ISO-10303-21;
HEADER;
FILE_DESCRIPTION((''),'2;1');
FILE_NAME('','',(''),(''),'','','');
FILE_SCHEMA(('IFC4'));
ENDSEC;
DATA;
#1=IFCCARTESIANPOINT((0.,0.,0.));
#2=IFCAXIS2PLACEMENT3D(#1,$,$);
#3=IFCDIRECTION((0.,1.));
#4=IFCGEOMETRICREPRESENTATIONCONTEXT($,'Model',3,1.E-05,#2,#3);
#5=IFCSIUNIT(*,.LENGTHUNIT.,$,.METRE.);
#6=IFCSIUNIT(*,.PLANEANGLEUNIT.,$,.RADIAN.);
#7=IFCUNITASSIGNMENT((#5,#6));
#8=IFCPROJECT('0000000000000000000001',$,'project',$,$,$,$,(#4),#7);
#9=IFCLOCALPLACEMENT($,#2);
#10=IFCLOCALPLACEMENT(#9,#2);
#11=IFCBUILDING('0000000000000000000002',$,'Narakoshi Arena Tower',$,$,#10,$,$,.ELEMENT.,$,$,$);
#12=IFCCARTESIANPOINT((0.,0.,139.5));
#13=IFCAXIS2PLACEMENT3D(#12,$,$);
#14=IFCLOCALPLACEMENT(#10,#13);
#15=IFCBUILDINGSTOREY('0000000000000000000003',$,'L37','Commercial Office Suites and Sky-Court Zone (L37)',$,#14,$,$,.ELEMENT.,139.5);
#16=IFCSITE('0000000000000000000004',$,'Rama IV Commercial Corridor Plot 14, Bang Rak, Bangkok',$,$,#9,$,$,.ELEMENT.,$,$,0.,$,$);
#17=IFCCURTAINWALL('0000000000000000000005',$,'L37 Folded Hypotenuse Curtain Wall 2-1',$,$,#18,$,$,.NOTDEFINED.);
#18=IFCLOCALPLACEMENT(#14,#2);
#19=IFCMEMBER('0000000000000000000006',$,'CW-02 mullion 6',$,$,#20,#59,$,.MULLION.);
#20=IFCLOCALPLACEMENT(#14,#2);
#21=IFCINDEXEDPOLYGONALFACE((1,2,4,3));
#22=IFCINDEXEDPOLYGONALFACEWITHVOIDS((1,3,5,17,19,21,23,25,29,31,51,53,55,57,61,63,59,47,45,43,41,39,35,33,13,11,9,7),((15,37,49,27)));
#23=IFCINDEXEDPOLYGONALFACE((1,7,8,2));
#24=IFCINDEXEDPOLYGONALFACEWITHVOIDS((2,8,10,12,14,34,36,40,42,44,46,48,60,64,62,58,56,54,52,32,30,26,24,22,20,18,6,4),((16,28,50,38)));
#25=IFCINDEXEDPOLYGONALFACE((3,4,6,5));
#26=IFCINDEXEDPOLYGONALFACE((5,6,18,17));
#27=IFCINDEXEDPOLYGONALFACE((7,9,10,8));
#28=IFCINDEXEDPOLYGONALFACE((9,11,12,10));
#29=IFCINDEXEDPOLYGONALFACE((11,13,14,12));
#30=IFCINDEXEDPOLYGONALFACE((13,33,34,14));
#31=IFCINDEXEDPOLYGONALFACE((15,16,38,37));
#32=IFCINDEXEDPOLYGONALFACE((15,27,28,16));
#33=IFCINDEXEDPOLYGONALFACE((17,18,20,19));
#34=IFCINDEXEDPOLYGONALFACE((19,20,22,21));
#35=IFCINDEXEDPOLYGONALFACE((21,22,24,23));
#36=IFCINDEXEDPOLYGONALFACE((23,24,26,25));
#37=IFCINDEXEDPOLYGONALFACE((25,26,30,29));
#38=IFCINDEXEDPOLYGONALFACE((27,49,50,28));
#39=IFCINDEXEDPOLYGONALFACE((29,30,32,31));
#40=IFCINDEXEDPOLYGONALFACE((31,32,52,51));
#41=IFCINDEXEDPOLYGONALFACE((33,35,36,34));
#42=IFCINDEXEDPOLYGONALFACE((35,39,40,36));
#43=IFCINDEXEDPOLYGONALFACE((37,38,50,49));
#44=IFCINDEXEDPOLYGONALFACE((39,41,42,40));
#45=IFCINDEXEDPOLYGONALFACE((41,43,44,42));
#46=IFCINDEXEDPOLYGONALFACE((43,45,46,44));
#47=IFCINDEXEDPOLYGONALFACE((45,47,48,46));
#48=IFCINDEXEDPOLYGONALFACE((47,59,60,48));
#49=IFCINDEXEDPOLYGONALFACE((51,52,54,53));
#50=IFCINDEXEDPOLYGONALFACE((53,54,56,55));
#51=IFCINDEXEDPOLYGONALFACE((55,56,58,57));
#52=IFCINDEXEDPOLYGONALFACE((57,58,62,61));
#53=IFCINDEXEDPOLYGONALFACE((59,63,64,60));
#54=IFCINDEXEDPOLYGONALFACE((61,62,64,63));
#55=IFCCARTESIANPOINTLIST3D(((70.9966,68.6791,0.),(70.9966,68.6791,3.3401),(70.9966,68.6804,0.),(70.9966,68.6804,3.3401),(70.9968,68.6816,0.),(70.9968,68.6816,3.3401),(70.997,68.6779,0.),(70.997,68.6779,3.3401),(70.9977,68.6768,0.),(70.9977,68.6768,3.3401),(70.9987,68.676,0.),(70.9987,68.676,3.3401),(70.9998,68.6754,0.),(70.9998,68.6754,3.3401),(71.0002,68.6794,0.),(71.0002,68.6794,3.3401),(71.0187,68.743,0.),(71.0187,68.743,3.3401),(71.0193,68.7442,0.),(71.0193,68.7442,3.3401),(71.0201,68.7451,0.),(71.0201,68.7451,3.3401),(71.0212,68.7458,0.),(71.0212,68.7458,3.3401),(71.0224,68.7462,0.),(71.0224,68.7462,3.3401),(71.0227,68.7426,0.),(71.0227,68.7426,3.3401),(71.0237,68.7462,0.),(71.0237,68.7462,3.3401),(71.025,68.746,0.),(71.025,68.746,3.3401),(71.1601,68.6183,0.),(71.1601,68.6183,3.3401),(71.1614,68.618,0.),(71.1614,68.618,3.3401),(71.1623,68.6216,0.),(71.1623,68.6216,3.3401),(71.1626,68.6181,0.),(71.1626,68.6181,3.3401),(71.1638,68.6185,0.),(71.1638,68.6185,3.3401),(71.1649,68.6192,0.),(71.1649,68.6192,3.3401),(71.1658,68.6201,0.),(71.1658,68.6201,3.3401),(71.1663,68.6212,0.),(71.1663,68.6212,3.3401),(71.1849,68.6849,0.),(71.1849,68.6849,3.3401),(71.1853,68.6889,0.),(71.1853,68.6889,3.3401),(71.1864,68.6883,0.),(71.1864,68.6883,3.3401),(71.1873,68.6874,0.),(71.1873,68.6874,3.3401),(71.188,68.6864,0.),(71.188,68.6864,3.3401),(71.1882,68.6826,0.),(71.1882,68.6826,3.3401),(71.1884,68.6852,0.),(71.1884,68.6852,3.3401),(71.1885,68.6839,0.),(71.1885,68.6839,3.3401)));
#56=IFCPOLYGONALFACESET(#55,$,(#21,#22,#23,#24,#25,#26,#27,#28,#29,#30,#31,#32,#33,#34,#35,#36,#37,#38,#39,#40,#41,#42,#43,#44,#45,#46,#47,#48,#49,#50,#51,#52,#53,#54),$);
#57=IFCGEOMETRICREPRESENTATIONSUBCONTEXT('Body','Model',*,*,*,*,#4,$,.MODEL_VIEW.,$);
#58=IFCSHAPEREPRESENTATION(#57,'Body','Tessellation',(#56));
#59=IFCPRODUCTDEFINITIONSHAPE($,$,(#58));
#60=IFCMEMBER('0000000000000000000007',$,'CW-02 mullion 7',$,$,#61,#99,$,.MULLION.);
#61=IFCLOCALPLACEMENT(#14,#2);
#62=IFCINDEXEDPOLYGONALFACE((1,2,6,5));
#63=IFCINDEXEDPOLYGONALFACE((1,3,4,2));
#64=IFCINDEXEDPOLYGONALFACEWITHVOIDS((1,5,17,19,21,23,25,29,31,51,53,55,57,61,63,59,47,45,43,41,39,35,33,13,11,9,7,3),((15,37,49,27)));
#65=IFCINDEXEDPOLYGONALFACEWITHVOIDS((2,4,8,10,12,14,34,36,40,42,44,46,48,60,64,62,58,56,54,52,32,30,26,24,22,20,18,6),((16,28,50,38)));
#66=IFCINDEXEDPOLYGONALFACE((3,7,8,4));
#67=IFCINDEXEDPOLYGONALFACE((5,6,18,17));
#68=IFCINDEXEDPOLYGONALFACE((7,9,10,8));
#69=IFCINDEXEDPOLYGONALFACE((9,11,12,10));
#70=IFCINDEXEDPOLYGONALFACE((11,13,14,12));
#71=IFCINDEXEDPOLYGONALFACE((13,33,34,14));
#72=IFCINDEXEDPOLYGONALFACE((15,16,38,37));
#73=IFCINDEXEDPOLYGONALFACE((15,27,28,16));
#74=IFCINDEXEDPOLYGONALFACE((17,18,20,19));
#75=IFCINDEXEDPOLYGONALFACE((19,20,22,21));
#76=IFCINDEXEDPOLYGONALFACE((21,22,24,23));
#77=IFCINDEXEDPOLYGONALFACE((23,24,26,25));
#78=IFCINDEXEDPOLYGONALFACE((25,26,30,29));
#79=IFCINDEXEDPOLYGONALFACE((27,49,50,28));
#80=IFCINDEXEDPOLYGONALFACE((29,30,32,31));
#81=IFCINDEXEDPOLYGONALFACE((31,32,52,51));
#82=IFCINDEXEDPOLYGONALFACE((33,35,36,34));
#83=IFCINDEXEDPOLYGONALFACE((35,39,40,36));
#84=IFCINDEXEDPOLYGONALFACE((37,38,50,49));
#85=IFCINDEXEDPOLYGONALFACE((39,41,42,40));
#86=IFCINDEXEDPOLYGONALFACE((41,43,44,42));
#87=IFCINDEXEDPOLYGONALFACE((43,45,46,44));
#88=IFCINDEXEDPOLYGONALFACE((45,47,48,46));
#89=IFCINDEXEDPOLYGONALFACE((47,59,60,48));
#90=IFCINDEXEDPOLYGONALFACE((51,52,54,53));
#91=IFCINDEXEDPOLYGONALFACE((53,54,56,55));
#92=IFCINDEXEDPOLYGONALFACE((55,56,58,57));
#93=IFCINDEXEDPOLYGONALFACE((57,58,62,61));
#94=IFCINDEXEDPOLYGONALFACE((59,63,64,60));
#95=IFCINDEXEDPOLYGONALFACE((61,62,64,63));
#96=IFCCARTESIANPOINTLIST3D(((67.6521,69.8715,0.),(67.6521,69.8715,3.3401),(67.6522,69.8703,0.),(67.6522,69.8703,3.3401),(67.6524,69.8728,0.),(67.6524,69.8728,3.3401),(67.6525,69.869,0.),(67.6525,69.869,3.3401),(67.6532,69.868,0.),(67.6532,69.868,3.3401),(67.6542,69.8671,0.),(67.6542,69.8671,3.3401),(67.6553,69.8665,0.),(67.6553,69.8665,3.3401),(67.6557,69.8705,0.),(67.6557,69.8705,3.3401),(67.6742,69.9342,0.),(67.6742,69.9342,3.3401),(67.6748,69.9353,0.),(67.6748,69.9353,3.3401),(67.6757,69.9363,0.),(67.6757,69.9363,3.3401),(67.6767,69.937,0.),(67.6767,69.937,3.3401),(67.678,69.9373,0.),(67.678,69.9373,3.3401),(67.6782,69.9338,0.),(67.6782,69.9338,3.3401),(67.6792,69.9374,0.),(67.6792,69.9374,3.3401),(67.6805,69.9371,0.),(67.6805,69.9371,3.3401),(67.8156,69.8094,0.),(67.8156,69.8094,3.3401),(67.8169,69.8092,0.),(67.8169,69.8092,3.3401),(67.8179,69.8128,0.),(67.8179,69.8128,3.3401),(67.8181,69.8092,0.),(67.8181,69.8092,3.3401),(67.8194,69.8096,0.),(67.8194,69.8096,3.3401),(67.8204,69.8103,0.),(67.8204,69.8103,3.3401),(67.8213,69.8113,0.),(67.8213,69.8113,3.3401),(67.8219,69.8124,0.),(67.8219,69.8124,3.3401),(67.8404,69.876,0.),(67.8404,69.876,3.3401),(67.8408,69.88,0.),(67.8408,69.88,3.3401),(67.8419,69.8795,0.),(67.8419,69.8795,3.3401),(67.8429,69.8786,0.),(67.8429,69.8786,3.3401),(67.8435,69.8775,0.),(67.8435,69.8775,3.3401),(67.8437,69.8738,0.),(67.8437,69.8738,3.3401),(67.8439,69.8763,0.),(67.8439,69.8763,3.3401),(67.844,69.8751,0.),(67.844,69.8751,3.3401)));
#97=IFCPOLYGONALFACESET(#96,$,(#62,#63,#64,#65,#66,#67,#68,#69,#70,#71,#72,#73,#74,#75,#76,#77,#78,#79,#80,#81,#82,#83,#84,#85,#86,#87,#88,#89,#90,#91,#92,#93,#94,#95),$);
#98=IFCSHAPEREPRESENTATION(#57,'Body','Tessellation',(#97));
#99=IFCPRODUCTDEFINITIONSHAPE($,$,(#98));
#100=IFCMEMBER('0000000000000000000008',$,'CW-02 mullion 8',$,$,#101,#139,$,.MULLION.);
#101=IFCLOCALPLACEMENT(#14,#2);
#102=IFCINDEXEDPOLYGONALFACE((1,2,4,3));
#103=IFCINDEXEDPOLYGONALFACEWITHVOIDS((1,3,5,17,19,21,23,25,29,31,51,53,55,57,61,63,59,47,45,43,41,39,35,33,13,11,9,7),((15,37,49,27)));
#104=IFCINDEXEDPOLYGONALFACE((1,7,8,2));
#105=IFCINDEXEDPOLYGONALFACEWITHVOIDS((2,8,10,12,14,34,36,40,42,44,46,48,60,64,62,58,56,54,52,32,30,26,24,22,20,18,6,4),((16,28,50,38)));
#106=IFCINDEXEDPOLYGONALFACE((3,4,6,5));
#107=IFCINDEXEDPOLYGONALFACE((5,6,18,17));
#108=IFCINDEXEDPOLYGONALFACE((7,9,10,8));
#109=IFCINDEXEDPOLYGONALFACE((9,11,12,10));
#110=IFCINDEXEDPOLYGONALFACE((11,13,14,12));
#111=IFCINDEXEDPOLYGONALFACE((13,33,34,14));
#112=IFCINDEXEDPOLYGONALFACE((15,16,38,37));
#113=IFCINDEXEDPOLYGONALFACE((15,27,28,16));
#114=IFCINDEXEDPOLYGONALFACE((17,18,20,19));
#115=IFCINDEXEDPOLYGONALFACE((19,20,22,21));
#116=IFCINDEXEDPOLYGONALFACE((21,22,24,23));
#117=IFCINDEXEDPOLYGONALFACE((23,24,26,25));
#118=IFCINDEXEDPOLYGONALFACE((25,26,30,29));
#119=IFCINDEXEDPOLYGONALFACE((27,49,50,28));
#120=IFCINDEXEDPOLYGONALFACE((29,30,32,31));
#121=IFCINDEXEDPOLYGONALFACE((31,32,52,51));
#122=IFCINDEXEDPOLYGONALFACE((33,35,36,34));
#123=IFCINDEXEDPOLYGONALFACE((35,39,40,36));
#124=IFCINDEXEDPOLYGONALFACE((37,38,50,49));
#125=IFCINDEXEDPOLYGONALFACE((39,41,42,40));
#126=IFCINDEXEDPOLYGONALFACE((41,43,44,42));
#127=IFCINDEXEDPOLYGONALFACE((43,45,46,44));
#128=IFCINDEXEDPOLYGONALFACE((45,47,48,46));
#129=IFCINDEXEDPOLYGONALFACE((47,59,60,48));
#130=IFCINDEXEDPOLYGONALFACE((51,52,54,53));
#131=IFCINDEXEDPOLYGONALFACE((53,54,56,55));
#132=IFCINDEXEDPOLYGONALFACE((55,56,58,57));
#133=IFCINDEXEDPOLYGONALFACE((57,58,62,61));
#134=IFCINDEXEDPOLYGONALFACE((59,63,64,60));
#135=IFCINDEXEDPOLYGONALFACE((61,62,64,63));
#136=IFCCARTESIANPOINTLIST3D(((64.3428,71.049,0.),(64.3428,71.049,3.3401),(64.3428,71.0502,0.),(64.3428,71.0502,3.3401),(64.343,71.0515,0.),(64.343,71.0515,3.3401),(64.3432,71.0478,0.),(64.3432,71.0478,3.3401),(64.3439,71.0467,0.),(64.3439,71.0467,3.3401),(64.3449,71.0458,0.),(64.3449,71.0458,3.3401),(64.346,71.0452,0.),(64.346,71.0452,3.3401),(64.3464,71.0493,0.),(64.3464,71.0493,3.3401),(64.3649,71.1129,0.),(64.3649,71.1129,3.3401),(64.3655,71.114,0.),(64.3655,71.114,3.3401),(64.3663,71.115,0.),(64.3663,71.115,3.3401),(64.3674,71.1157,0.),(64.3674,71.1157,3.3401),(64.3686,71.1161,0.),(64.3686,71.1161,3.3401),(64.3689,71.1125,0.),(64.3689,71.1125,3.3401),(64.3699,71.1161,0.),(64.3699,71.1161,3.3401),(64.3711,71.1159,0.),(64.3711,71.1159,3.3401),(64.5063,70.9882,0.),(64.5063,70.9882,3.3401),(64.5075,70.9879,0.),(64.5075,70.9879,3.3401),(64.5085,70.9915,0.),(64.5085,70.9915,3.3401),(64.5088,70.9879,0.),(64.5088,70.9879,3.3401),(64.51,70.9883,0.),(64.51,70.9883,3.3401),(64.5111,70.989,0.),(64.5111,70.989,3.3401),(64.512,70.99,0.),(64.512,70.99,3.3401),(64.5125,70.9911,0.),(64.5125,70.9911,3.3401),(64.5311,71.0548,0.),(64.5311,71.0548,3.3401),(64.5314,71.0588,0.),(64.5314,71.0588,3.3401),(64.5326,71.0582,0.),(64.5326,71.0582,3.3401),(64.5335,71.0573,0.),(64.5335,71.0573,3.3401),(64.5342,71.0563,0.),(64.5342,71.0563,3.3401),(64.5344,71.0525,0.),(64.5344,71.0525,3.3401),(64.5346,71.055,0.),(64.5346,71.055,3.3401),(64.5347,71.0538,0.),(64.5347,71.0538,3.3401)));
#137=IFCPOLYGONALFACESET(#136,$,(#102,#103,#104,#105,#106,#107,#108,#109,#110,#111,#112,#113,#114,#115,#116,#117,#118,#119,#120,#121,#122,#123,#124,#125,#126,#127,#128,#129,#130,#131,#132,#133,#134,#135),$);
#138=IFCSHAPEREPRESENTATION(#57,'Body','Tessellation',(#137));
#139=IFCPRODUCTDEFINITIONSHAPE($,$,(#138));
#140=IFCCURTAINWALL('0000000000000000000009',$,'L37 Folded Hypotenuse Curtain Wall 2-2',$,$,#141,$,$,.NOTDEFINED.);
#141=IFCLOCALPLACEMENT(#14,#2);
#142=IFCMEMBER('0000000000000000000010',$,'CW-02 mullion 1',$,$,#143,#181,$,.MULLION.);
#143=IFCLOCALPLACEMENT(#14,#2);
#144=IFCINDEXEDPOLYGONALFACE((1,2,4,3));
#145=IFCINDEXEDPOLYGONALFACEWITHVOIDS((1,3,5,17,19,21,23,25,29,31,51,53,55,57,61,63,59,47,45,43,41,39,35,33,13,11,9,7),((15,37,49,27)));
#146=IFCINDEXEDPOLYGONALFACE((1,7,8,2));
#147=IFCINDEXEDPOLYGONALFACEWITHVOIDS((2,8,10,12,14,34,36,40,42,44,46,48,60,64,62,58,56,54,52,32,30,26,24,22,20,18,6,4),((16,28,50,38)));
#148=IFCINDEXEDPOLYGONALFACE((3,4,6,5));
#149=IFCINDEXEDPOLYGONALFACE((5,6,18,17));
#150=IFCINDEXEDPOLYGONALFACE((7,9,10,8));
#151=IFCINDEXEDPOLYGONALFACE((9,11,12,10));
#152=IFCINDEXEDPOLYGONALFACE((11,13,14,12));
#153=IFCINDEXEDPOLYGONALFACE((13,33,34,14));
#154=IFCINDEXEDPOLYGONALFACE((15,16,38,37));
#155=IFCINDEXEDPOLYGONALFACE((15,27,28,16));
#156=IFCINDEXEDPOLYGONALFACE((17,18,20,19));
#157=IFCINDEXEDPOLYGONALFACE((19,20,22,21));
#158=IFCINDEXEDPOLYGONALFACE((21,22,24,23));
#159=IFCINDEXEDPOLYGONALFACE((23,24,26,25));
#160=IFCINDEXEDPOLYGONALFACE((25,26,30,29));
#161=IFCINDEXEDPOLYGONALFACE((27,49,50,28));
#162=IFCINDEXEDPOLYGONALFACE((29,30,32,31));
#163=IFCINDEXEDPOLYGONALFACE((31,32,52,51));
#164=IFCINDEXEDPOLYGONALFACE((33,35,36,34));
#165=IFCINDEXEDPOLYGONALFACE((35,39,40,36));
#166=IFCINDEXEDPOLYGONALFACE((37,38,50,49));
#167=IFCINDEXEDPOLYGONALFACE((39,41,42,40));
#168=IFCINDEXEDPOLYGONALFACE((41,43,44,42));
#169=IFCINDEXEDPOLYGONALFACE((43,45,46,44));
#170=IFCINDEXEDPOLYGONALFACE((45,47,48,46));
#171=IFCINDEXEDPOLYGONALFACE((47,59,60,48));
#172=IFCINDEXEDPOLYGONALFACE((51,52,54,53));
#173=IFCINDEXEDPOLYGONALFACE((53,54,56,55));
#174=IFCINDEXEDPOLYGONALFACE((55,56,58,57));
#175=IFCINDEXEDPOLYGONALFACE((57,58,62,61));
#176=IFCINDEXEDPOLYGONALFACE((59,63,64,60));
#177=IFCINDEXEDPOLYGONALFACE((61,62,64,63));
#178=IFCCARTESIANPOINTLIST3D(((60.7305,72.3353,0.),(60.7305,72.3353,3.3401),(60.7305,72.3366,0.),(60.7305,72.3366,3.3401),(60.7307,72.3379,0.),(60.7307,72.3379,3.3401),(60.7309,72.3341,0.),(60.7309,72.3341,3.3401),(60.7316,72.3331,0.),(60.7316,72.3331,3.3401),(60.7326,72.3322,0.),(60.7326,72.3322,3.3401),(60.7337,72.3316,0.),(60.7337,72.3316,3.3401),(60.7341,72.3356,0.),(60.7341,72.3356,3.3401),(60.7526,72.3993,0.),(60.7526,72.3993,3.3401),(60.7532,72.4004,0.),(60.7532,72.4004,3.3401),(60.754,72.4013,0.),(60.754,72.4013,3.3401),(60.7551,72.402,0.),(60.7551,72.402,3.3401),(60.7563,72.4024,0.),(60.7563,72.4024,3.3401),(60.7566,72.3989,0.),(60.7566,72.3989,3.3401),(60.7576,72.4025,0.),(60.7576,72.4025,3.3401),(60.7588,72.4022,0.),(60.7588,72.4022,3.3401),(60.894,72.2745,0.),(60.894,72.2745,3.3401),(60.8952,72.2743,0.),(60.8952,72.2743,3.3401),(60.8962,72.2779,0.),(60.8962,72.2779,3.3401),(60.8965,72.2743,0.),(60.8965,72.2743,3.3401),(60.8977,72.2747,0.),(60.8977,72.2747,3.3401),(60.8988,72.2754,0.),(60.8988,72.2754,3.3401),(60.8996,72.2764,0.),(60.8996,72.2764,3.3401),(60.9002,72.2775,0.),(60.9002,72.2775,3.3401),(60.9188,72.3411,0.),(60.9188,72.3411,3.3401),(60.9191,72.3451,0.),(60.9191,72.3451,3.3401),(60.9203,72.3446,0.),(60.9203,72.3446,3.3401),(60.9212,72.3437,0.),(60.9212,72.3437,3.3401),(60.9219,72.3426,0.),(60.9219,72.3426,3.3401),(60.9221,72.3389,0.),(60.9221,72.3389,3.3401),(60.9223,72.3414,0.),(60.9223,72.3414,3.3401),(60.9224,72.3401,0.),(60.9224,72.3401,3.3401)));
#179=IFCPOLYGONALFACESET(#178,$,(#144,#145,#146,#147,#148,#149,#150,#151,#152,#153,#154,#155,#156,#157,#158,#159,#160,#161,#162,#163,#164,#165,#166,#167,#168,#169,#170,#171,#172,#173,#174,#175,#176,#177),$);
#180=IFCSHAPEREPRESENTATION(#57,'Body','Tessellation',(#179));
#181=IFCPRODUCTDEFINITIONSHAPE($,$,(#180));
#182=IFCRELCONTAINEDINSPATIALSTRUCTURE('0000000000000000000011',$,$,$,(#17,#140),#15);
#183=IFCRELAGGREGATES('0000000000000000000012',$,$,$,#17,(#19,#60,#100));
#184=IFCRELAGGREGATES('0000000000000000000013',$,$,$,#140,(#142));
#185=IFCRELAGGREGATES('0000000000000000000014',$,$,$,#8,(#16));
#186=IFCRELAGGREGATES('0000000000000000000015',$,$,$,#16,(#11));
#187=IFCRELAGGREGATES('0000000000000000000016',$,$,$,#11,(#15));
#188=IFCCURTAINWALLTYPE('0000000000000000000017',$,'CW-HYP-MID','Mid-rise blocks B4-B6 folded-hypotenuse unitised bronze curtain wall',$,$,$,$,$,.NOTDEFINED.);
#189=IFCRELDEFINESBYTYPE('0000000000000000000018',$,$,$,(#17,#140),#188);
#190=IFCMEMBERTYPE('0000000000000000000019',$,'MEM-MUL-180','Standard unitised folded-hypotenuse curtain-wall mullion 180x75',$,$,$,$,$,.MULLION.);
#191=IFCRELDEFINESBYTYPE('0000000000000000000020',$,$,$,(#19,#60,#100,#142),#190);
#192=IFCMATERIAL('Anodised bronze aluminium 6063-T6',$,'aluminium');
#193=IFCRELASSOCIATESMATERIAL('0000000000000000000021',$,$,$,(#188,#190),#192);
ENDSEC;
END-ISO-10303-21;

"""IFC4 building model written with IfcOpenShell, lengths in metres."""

from ifc_helpers import new_model, si_unit, direction, frame, origin, origin_2d, place, context, subcontext, project, spatial, hollow_rectangle, extrude, material, material_profile, profile_set, type_object, element, aggregate, save


model = new_model("IFC4")

# Units and contexts
model_context = context("Model", 3, precision=1e-05, world=origin(), true_north=direction((0.0, 1.0)))
body_context = subcontext(model_context, "Body", "Model", "MODEL_VIEW")
ifc_project = project(units=[si_unit("LENGTHUNIT", "METRE"), si_unit("PLANEANGLEUNIT", "RADIAN")], contexts=[model_context])

# Site, building, storey
site_placement = place(None, origin())
site = spatial("IfcSite", under=ifc_project, at=site_placement, Name="Rama IV Commercial Corridor Plot 14, Bang Rak, Bangkok", CompositionType="ELEMENT", RefElevation=0.0)
building_placement = place(site_placement, origin())
building = spatial("IfcBuilding", under=site, at=building_placement, Name="Narakoshi Arena Tower", CompositionType="ELEMENT")
storey_placement = place(building_placement, frame((0.0, 0.0, 139.5)))
storey = spatial("IfcBuildingStorey", under=building, at=storey_placement, Name="L37", Description="Commercial Office Suites and Sky-Court Zone (L37)", CompositionType="ELEMENT", Elevation=139.5)

# Curtain walls, members
ifc_material_1 = material(Name="Anodised bronze aluminium 6063-T6", Category="aluminium")
curtain_wall_type = type_object("IfcCurtainWallType", Name="CW-HYP-MID", Description="Mid-rise blocks B4-B6 folded-hypotenuse unitised bronze curtain wall", PredefinedType="NOTDEFINED", material=ifc_material_1)
curtain_wall_1_placement = place(storey_placement, origin())
curtain_wall_1 = element("IfcCurtainWall", 1, at=curtain_wall_1_placement, inside=storey, type_object=curtain_wall_type, Name="L37 Folded Hypotenuse Curtain Wall 2-1", PredefinedType="NOTDEFINED")
ifc_material_profile_1 = material_profile(ifc_material_1, hollow_rectangle(XDim=0.075, YDim=0.1799, WallThickness=0.0039, OuterFilletRadius=0.0049, at=origin_2d()), Name="MUL180x75x4")
ifc_profile_set_1 = profile_set([ifc_material_profile_1], Name="Anodised bronze aluminium 6063-T6")
member_type_1 = type_object("IfcMemberType", Name="MEM-MUL-180", Description="Standard unitised folded-hypotenuse curtain-wall mullion 180x75", PredefinedType="MULLION", material=ifc_profile_set_1)
member_1_placement = place(storey_placement, frame((71.0925, 68.6821, 0.0), z_axis=(0.0, 0.0, 1.0), x_axis=(-0.335518, -0.942034, 0.0)))
member_1 = element("IfcMember", 2, at=member_1_placement, type_object=member_type_1, Name="CW-02 mullion 6", PredefinedType="MULLION", context=body_context, shape_type="SweptSolid", body=[
    extrude(hollow_rectangle(XDim=0.075, YDim=0.1799, WallThickness=0.0039, OuterFilletRadius=0.0049, at=origin_2d()), origin(), (0.0, 0.0, 1.0), 3.3401),
])
member_2_placement = place(storey_placement, frame((67.748, 69.8733, 0.0), z_axis=(0.0, 0.0, 1.0), x_axis=(-0.335518, -0.942034, 0.0)))
member_2 = element("IfcMember", 3, at=member_2_placement, type_object=member_type_1, Name="CW-02 mullion 7", PredefinedType="MULLION", context=body_context, shape_type="SweptSolid", body=[
    extrude(hollow_rectangle(XDim=0.075, YDim=0.1799, WallThickness=0.0039, OuterFilletRadius=0.0049, at=origin_2d()), origin(), (0.0, 0.0, 1.0), 3.3401),
])
member_3_placement = place(storey_placement, frame((64.4387, 71.052, 0.0), z_axis=(0.0, 0.0, 1.0), x_axis=(-0.335518, -0.942034, 0.0)))
member_3 = element("IfcMember", 4, at=member_3_placement, type_object=member_type_1, Name="CW-02 mullion 8", PredefinedType="MULLION", context=body_context, shape_type="SweptSolid", body=[
    extrude(hollow_rectangle(XDim=0.075, YDim=0.1799, WallThickness=0.0039, OuterFilletRadius=0.0049, at=origin_2d()), origin(), (0.0, 0.0, 1.0), 3.3401),
])
curtain_wall_2_placement = place(storey_placement, origin())
curtain_wall_2 = element("IfcCurtainWall", 5, at=curtain_wall_2_placement, inside=storey, type_object=curtain_wall_type, Name="L37 Folded Hypotenuse Curtain Wall 2-2", PredefinedType="NOTDEFINED")
member_4_placement = place(storey_placement, frame((60.8264, 72.3384, 0.0), z_axis=(0.0, 0.0, 1.0), x_axis=(-0.335542, -0.942025, 0.0)))
member_4 = element("IfcMember", 6, at=member_4_placement, type_object=member_type_1, Name="CW-02 mullion 1", PredefinedType="MULLION", context=body_context, shape_type="SweptSolid", body=[
    extrude(hollow_rectangle(XDim=0.075, YDim=0.1799, WallThickness=0.0039, OuterFilletRadius=0.0049, at=origin_2d()), origin(), (0.0, 0.0, 1.0), 3.3401),
])

aggregate(curtain_wall_1, [member_1, member_2, member_3])
aggregate(curtain_wall_2, [member_4])

save(model, "model.ifc")
